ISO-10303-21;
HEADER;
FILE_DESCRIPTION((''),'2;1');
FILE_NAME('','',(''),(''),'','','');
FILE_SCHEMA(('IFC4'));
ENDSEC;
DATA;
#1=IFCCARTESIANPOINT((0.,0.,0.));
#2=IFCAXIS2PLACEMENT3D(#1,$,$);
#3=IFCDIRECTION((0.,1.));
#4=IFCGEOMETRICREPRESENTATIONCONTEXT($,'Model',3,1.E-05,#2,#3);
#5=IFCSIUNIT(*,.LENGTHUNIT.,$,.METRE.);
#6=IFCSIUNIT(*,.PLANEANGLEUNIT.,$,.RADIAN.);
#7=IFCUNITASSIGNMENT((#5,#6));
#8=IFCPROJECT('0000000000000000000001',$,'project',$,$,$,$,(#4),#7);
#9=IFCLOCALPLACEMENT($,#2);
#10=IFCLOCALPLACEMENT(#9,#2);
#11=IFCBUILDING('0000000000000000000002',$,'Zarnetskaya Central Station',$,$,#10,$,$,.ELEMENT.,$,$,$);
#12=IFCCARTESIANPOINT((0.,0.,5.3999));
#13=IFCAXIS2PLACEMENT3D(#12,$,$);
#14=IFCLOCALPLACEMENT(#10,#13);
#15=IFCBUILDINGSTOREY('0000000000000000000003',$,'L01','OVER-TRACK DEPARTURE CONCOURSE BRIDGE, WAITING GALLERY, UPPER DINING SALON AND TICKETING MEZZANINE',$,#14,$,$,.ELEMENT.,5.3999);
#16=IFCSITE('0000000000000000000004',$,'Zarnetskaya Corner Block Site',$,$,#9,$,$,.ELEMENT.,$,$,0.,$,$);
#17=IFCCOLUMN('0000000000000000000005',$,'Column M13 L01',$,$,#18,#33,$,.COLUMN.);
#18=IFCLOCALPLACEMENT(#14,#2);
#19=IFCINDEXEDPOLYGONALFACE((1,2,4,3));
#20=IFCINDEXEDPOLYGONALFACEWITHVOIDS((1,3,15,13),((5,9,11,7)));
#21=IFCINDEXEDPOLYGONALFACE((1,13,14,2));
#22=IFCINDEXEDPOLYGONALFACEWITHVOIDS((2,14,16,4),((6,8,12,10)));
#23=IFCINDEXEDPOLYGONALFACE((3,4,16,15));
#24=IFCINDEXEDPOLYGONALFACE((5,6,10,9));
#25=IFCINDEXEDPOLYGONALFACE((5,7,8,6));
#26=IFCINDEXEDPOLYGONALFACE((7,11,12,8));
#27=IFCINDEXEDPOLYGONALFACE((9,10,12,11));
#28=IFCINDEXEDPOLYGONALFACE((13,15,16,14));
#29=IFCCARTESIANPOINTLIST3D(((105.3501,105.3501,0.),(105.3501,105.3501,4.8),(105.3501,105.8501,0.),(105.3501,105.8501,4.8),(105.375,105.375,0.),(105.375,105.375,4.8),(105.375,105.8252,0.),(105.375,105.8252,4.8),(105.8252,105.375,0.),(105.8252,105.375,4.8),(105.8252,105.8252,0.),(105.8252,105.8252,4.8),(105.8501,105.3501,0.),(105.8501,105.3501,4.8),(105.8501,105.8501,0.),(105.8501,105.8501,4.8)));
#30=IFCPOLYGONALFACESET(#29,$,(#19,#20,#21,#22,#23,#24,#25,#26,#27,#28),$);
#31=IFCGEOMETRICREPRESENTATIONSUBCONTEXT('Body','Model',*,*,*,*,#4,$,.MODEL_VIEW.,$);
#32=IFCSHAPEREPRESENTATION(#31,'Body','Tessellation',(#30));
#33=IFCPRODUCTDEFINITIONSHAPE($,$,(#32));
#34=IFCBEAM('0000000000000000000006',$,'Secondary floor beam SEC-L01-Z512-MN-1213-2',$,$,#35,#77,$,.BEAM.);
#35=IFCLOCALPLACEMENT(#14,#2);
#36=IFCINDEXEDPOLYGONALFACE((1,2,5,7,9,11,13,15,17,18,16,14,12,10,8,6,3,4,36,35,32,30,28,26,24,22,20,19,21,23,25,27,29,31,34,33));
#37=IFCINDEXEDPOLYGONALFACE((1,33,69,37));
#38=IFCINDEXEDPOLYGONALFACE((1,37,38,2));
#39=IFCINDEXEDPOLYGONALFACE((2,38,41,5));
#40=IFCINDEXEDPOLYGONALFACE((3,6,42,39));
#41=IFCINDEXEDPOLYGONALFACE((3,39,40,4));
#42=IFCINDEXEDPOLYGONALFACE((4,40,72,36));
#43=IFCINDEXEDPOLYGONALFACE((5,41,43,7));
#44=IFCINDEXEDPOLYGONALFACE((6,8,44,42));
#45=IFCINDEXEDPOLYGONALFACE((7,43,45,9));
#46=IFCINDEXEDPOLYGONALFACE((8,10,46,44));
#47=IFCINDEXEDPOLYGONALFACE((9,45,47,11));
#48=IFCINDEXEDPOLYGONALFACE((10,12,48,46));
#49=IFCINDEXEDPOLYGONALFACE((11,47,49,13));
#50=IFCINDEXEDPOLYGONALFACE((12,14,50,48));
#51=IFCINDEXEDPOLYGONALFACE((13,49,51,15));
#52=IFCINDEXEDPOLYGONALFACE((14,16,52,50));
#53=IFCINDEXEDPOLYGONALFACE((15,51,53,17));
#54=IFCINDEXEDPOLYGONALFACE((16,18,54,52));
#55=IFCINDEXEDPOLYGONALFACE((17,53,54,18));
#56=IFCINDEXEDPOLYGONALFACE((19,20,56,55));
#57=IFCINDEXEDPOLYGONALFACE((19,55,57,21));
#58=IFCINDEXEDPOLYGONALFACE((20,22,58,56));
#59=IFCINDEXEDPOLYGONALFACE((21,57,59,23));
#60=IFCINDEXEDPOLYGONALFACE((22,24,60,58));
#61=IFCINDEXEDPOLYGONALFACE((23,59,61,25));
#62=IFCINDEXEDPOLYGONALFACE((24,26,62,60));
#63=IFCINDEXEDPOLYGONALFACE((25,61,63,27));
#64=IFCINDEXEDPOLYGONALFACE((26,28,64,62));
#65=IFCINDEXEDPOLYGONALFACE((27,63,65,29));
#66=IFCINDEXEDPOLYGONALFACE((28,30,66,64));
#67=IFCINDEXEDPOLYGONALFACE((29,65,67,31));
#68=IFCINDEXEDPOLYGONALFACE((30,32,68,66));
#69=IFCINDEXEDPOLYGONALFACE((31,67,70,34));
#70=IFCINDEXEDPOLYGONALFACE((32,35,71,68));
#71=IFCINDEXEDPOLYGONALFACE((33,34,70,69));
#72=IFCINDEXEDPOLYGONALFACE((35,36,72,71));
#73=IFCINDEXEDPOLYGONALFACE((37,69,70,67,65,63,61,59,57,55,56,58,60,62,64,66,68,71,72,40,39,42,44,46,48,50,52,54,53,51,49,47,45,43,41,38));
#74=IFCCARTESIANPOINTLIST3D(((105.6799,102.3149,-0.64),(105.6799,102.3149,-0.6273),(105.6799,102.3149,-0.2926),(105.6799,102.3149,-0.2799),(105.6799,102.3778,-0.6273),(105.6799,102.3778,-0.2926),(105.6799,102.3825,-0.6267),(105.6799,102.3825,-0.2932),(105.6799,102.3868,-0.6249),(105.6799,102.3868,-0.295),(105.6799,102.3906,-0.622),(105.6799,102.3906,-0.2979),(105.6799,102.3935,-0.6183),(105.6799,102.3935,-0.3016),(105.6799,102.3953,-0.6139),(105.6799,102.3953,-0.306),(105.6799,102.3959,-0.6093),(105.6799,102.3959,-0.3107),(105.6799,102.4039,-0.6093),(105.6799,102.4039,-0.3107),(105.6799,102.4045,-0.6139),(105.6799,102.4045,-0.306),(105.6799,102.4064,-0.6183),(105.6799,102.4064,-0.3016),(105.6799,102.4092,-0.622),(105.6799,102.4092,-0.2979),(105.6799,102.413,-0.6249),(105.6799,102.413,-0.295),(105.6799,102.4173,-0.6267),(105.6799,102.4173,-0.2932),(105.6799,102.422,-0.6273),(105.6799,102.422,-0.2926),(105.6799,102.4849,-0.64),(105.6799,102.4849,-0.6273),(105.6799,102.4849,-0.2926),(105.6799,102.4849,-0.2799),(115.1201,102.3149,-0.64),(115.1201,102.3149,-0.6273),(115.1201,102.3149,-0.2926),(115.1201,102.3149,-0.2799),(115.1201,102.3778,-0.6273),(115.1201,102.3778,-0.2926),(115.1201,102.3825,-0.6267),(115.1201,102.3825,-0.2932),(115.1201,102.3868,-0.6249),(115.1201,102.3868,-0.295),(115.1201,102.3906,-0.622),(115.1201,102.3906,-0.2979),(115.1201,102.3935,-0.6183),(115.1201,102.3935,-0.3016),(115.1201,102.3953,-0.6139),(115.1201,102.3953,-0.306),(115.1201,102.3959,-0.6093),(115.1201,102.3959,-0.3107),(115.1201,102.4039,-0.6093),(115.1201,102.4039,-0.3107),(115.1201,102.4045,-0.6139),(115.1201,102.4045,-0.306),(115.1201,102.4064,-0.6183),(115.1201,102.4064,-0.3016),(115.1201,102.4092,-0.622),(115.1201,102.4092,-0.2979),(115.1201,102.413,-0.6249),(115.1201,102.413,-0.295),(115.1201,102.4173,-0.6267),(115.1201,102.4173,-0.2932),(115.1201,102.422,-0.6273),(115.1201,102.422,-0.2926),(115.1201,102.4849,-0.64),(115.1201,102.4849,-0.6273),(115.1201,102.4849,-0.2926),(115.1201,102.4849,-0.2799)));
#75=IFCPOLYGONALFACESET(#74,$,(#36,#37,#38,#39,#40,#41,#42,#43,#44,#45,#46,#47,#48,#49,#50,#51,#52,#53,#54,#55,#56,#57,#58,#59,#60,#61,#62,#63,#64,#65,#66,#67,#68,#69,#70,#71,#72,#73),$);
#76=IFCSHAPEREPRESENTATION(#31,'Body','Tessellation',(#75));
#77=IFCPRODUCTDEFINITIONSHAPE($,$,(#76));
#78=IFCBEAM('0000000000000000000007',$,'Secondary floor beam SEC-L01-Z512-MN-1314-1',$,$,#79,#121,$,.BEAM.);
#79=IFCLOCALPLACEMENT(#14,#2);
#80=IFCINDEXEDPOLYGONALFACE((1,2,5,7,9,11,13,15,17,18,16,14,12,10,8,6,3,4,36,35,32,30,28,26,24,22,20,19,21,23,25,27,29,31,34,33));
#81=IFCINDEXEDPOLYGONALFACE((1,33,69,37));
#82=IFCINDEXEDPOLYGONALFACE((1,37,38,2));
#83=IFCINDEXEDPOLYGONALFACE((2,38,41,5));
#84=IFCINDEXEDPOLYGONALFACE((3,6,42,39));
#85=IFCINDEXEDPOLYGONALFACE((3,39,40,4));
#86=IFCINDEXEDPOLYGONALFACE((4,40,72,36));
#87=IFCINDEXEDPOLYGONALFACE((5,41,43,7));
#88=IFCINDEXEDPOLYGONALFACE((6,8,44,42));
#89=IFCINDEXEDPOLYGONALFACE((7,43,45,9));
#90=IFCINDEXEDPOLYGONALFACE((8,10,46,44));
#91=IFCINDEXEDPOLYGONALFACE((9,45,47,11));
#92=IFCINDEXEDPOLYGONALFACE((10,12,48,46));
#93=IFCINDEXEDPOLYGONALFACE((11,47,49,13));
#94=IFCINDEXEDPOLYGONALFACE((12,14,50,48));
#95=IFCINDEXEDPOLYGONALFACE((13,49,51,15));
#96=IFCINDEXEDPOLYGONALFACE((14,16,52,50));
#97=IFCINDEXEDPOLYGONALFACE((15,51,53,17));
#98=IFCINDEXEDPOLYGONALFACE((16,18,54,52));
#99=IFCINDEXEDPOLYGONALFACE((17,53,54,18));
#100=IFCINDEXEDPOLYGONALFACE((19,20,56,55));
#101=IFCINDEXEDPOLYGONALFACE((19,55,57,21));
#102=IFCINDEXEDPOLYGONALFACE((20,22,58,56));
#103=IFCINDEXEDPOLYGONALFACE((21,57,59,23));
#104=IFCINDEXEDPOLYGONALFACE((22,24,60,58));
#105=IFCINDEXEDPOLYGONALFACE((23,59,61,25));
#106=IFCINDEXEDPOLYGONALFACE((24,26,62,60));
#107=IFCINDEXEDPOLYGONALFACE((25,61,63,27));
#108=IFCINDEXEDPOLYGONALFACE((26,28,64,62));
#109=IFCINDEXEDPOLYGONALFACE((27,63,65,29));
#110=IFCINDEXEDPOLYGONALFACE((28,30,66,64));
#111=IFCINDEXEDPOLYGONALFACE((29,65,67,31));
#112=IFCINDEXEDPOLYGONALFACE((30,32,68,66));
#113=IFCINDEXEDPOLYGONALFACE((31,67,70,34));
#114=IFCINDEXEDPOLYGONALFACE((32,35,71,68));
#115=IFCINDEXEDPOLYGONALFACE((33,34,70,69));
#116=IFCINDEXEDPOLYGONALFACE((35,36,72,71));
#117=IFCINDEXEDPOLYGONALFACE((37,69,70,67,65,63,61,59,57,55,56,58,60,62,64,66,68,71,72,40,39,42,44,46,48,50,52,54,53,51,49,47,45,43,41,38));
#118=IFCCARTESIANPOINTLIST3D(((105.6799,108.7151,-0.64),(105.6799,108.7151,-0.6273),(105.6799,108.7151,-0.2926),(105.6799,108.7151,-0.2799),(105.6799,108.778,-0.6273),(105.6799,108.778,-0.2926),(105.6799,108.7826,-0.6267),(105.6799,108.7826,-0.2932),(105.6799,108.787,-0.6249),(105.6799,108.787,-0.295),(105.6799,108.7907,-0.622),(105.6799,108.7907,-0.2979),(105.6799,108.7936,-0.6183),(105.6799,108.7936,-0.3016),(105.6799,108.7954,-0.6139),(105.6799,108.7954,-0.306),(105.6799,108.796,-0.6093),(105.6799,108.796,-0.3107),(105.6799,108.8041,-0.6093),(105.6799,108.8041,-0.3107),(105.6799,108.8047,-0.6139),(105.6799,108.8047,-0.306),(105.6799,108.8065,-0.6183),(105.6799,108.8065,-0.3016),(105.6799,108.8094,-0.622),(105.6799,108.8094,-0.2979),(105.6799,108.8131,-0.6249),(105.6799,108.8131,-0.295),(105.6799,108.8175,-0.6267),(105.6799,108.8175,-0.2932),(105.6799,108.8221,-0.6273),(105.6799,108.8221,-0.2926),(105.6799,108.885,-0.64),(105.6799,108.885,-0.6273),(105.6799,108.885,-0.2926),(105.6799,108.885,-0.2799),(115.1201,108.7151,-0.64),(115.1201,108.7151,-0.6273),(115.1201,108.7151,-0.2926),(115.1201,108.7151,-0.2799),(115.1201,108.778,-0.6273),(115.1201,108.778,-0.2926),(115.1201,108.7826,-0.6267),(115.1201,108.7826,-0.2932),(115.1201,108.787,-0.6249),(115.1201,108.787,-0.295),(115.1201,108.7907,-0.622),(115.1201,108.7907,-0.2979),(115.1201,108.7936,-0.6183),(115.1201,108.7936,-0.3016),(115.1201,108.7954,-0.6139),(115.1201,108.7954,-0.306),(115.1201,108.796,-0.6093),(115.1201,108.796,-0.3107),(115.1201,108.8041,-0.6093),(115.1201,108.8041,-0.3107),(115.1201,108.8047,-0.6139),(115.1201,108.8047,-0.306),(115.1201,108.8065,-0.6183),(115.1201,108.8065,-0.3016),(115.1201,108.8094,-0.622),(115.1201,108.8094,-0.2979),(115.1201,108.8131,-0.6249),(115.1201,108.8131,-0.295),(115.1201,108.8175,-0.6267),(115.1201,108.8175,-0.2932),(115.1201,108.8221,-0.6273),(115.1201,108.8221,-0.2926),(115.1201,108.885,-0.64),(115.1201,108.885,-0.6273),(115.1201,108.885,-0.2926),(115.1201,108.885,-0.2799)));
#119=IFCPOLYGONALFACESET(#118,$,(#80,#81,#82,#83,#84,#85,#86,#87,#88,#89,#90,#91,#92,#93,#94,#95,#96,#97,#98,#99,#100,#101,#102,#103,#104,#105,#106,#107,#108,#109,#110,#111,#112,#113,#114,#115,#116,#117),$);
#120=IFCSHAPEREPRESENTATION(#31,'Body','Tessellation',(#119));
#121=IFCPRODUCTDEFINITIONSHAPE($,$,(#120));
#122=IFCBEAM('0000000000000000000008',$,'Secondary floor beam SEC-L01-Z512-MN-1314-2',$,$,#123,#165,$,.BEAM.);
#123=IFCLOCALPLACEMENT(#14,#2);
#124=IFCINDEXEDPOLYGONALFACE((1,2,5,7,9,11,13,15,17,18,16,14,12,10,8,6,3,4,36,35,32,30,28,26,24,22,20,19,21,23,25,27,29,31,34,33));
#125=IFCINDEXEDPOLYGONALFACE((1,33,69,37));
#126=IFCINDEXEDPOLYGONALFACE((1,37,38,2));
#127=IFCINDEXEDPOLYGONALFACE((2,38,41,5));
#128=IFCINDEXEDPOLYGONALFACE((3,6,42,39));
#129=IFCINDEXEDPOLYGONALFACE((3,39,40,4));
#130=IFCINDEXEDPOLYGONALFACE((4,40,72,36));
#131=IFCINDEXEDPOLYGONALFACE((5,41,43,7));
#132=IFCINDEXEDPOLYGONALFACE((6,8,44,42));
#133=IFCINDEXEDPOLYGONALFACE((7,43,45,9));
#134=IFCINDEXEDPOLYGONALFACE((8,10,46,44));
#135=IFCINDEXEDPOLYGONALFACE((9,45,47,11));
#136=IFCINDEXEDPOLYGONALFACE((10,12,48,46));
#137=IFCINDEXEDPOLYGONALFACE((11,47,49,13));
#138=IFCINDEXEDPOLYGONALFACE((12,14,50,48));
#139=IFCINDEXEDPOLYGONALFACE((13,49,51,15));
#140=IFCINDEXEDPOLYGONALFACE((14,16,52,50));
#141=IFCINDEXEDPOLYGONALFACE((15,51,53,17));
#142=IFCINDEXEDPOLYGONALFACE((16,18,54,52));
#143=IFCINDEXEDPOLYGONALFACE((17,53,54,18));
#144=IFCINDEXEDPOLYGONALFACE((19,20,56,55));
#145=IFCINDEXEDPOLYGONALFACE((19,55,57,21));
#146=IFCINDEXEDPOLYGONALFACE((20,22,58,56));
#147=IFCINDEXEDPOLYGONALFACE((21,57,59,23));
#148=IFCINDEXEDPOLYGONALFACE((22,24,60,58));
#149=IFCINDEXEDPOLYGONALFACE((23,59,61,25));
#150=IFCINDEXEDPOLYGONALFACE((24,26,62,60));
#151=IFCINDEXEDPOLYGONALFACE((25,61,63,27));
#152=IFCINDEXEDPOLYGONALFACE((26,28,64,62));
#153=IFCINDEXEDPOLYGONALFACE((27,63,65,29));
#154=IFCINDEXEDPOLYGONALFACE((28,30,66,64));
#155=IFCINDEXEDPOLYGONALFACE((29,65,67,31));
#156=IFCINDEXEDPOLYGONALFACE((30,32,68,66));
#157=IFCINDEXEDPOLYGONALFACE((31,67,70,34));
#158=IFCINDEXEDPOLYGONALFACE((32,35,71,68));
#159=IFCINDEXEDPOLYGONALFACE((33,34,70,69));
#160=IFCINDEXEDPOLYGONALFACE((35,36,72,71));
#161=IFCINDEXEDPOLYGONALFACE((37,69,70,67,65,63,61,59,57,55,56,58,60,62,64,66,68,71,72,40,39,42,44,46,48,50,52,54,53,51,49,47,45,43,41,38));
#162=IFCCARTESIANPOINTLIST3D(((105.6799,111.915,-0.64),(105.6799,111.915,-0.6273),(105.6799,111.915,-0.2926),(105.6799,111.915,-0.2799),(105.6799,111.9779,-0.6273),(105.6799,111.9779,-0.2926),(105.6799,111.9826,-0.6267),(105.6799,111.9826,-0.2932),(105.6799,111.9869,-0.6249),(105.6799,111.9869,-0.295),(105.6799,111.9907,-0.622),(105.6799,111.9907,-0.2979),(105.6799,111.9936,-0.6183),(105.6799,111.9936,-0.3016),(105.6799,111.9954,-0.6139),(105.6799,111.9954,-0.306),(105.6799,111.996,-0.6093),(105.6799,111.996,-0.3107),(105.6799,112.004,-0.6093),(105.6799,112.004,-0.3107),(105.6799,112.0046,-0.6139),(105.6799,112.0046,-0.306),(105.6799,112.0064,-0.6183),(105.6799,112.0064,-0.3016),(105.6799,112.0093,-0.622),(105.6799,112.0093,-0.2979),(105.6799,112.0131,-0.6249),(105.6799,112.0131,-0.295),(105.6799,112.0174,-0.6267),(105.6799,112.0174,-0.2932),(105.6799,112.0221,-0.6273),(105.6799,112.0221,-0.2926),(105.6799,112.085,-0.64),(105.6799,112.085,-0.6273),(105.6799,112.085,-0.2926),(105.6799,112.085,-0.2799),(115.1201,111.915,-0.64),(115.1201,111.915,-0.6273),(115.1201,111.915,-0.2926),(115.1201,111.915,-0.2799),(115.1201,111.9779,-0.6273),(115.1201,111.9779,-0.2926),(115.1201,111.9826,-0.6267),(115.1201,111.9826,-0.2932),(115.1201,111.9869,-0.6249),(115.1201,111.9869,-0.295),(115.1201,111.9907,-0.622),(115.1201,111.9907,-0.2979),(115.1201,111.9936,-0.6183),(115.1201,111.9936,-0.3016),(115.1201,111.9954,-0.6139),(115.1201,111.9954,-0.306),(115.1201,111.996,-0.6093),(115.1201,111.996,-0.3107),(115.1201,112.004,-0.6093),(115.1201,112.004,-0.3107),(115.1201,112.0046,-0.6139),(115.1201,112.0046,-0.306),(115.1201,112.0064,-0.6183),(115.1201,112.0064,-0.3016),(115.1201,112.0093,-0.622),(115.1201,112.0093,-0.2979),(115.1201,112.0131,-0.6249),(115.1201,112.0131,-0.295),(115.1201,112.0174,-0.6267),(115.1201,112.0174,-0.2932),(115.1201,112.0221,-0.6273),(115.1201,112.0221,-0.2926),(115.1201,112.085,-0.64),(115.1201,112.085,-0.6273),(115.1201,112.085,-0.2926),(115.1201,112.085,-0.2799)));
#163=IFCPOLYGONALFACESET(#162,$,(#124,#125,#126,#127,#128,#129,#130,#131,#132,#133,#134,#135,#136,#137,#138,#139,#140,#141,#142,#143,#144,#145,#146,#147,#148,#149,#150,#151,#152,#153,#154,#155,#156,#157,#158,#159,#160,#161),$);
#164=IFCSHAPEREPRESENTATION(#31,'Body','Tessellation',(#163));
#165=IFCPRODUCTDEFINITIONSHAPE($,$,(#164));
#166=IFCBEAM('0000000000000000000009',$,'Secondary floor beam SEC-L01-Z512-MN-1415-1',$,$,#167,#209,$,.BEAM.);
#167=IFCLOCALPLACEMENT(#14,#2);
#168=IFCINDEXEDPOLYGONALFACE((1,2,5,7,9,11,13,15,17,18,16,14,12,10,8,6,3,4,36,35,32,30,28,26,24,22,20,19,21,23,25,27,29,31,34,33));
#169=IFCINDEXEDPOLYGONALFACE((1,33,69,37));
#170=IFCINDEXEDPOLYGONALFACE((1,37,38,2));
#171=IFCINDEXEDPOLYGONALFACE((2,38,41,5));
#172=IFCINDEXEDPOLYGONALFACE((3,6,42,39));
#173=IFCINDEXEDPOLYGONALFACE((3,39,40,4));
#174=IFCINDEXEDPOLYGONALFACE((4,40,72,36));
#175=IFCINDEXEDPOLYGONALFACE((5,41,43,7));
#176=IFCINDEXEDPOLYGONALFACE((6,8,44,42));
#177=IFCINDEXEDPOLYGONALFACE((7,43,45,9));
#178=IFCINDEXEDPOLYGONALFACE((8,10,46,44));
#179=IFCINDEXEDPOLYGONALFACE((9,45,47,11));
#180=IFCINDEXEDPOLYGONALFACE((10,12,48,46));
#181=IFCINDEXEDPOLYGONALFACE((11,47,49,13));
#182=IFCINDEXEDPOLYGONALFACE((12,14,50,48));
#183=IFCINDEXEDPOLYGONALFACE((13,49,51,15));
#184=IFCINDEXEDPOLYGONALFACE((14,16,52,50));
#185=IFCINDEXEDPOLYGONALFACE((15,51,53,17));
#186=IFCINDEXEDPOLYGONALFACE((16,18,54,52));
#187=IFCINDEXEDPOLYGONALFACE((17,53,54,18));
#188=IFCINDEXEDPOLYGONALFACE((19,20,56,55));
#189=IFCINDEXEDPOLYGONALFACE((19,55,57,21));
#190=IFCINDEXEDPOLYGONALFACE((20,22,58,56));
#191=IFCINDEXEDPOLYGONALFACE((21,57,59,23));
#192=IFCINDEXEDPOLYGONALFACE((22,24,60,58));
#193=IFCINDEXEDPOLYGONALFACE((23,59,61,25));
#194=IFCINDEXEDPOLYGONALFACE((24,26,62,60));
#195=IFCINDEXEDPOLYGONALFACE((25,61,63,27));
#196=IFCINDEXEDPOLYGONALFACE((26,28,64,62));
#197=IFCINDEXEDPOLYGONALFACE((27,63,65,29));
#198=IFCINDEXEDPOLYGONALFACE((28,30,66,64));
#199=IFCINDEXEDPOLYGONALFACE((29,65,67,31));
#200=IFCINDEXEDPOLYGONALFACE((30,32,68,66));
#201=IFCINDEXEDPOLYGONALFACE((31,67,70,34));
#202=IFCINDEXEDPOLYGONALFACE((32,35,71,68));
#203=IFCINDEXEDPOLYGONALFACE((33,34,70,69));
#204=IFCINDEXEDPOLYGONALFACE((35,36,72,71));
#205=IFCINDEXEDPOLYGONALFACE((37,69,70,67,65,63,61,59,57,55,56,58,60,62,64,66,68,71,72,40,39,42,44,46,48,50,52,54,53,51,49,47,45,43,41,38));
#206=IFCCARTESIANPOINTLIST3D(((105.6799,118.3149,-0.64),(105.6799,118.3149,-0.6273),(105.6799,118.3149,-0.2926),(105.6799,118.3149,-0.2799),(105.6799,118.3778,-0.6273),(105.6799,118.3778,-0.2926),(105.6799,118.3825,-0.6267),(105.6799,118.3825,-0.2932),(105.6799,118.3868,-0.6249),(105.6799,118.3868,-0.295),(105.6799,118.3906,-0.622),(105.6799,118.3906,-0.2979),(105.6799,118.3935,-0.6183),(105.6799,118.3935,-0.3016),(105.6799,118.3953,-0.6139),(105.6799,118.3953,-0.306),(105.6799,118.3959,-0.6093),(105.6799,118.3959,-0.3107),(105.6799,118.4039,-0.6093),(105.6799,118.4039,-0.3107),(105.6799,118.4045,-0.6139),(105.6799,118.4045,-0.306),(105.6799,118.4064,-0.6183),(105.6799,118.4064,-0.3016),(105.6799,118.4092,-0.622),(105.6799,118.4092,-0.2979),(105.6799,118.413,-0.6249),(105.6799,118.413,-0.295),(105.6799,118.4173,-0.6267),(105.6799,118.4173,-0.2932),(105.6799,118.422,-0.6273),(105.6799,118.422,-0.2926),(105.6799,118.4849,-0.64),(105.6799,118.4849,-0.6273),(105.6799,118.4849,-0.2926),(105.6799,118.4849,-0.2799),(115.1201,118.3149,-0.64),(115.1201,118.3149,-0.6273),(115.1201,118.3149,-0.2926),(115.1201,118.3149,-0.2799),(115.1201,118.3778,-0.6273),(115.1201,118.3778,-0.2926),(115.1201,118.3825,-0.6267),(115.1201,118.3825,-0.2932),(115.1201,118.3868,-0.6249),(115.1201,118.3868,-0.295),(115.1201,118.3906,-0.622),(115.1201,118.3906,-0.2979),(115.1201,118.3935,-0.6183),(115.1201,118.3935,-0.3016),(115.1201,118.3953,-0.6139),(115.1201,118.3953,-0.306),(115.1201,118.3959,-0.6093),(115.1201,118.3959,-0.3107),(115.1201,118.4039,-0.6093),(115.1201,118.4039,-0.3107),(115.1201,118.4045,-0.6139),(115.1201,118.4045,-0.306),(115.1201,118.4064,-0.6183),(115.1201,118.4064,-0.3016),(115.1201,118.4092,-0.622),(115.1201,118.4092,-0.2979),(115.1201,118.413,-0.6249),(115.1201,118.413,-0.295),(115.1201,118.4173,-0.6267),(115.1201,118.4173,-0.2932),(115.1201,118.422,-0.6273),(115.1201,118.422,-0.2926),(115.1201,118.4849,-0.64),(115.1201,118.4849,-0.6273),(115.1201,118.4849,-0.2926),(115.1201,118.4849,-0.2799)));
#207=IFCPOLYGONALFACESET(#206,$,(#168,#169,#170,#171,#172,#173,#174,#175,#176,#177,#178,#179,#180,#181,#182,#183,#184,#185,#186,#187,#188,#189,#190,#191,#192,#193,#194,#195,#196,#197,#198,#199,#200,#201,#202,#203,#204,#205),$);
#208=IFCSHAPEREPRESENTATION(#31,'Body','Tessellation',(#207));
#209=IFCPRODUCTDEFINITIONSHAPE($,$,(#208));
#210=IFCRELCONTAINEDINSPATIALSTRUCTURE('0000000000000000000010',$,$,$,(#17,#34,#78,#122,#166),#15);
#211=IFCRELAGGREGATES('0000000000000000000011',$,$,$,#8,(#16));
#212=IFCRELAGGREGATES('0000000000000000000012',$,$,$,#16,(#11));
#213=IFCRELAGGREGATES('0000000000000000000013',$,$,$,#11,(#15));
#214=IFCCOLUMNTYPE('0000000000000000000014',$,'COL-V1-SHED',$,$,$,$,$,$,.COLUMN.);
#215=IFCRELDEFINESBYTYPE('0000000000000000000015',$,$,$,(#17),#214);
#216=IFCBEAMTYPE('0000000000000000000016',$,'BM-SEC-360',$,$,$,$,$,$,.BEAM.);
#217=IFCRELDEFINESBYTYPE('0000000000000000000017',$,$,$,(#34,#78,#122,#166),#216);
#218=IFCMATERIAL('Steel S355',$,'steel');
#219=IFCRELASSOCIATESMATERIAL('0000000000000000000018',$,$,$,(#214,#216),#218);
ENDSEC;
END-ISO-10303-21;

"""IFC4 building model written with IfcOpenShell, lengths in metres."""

from ifc_helpers import new_model, si_unit, direction, frame, origin, origin_2d, place, context, subcontext, project, spatial, hollow_rectangle, i_section, extrude, material, material_profile, profile_set, type_object, element, save


model = new_model("IFC4")

# Units and contexts
model_context = context("Model", 3, precision=1e-05, world=origin(), true_north=direction((0.0, 1.0)))
body_context = subcontext(model_context, "Body", "Model", "MODEL_VIEW")
ifc_project = project(units=[si_unit("LENGTHUNIT", "METRE"), si_unit("PLANEANGLEUNIT", "RADIAN")], contexts=[model_context])

# Site, building, storey
site_placement = place(None, origin())
site = spatial("IfcSite", under=ifc_project, at=site_placement, Name="Zarnetskaya Corner Block Site", CompositionType="ELEMENT", RefElevation=0.0)
building_placement = place(site_placement, origin())
building = spatial("IfcBuilding", under=site, at=building_placement, Name="Zarnetskaya Central Station", CompositionType="ELEMENT")
storey_placement = place(building_placement, frame((0.0, 0.0, 5.3999)))
storey = spatial("IfcBuildingStorey", under=building, at=storey_placement, Name="L01", Description="OVER-TRACK DEPARTURE CONCOURSE BRIDGE, WAITING GALLERY, UPPER DINING SALON AND TICKETING MEZZANINE", CompositionType="ELEMENT", Elevation=5.3999)

# Column
ifc_material_1 = material(Name="Steel S355", Category="steel")
ifc_material_profile_1 = material_profile(ifc_material_1, hollow_rectangle(XDim=0.5, YDim=0.5, WallThickness=0.0249, at=origin_2d()), Name="BOX 500x500x25")
ifc_profile_set_1 = profile_set([ifc_material_profile_1], Name="Steel S355")
column_type = type_object("IfcColumnType", Name="COL-V1-SHED", PredefinedType="COLUMN", material=ifc_profile_set_1)
column_placement = place(storey_placement, frame((105.6001, 105.6001, 0.0), z_axis=(0.0, 0.0, 1.0), x_axis=(1.0, 0.0, 0.0)))
element("IfcColumn", 1, at=column_placement, inside=storey, type_object=column_type, Name="Column M13 L01", PredefinedType="COLUMN", context=body_context, shape_type="SweptSolid", body=[
    extrude(hollow_rectangle(XDim=0.5, YDim=0.5, WallThickness=0.0249, at=origin_2d()), origin(), (0.0, 0.0, 1.0), 4.8),
])

# Beams
ifc_material_profile_2 = material_profile(ifc_material_1, i_section(OverallWidth=0.1699, OverallDepth=0.3601, WebThickness=0.0081, FlangeThickness=0.0127, FilletRadius=0.0181, at=origin_2d()), Name="IPE 360")
ifc_profile_set_2 = profile_set([ifc_material_profile_2], Name="Steel S355")
beam_type_1 = type_object("IfcBeamType", Name="BM-SEC-360", PredefinedType="BEAM", material=ifc_profile_set_2)
for number, where, z_axis, x_axis, name in (
    (2, (105.6799, 102.3999, -0.46), (1.0, 0.0, 0.0), (0.0, 1.0, 0.0), "Secondary floor beam SEC-L01-Z512-MN-1213-2"),
    (3, (105.6799, 108.8, -0.46), (1.0, 0.0, 0.0), (0.0, 1.0, 0.0), "Secondary floor beam SEC-L01-Z512-MN-1314-1"),
    (4, (105.6799, 112.0, -0.46), (1.0, 0.0, 0.0), (0.0, 1.0, 0.0), "Secondary floor beam SEC-L01-Z512-MN-1314-2"),
    (5, (105.6799, 118.3999, -0.46), (1.0, 0.0, 0.0), (0.0, 1.0, 0.0), "Secondary floor beam SEC-L01-Z512-MN-1415-1"),
):
    element("IfcBeam", number, at=place(storey_placement, frame(where, z_axis=z_axis, x_axis=x_axis)), inside=storey, type_object=beam_type_1, Name=name, PredefinedType="BEAM", context=body_context, shape_type="SweptSolid", body=[
        extrude(i_section(OverallWidth=0.1699, OverallDepth=0.3601, WebThickness=0.0081, FlangeThickness=0.0127, FilletRadius=0.0181, at=origin_2d()), origin(), (0.0, 0.0, 1.0), 9.4402),
    ])

save(model, "model.ifc")
